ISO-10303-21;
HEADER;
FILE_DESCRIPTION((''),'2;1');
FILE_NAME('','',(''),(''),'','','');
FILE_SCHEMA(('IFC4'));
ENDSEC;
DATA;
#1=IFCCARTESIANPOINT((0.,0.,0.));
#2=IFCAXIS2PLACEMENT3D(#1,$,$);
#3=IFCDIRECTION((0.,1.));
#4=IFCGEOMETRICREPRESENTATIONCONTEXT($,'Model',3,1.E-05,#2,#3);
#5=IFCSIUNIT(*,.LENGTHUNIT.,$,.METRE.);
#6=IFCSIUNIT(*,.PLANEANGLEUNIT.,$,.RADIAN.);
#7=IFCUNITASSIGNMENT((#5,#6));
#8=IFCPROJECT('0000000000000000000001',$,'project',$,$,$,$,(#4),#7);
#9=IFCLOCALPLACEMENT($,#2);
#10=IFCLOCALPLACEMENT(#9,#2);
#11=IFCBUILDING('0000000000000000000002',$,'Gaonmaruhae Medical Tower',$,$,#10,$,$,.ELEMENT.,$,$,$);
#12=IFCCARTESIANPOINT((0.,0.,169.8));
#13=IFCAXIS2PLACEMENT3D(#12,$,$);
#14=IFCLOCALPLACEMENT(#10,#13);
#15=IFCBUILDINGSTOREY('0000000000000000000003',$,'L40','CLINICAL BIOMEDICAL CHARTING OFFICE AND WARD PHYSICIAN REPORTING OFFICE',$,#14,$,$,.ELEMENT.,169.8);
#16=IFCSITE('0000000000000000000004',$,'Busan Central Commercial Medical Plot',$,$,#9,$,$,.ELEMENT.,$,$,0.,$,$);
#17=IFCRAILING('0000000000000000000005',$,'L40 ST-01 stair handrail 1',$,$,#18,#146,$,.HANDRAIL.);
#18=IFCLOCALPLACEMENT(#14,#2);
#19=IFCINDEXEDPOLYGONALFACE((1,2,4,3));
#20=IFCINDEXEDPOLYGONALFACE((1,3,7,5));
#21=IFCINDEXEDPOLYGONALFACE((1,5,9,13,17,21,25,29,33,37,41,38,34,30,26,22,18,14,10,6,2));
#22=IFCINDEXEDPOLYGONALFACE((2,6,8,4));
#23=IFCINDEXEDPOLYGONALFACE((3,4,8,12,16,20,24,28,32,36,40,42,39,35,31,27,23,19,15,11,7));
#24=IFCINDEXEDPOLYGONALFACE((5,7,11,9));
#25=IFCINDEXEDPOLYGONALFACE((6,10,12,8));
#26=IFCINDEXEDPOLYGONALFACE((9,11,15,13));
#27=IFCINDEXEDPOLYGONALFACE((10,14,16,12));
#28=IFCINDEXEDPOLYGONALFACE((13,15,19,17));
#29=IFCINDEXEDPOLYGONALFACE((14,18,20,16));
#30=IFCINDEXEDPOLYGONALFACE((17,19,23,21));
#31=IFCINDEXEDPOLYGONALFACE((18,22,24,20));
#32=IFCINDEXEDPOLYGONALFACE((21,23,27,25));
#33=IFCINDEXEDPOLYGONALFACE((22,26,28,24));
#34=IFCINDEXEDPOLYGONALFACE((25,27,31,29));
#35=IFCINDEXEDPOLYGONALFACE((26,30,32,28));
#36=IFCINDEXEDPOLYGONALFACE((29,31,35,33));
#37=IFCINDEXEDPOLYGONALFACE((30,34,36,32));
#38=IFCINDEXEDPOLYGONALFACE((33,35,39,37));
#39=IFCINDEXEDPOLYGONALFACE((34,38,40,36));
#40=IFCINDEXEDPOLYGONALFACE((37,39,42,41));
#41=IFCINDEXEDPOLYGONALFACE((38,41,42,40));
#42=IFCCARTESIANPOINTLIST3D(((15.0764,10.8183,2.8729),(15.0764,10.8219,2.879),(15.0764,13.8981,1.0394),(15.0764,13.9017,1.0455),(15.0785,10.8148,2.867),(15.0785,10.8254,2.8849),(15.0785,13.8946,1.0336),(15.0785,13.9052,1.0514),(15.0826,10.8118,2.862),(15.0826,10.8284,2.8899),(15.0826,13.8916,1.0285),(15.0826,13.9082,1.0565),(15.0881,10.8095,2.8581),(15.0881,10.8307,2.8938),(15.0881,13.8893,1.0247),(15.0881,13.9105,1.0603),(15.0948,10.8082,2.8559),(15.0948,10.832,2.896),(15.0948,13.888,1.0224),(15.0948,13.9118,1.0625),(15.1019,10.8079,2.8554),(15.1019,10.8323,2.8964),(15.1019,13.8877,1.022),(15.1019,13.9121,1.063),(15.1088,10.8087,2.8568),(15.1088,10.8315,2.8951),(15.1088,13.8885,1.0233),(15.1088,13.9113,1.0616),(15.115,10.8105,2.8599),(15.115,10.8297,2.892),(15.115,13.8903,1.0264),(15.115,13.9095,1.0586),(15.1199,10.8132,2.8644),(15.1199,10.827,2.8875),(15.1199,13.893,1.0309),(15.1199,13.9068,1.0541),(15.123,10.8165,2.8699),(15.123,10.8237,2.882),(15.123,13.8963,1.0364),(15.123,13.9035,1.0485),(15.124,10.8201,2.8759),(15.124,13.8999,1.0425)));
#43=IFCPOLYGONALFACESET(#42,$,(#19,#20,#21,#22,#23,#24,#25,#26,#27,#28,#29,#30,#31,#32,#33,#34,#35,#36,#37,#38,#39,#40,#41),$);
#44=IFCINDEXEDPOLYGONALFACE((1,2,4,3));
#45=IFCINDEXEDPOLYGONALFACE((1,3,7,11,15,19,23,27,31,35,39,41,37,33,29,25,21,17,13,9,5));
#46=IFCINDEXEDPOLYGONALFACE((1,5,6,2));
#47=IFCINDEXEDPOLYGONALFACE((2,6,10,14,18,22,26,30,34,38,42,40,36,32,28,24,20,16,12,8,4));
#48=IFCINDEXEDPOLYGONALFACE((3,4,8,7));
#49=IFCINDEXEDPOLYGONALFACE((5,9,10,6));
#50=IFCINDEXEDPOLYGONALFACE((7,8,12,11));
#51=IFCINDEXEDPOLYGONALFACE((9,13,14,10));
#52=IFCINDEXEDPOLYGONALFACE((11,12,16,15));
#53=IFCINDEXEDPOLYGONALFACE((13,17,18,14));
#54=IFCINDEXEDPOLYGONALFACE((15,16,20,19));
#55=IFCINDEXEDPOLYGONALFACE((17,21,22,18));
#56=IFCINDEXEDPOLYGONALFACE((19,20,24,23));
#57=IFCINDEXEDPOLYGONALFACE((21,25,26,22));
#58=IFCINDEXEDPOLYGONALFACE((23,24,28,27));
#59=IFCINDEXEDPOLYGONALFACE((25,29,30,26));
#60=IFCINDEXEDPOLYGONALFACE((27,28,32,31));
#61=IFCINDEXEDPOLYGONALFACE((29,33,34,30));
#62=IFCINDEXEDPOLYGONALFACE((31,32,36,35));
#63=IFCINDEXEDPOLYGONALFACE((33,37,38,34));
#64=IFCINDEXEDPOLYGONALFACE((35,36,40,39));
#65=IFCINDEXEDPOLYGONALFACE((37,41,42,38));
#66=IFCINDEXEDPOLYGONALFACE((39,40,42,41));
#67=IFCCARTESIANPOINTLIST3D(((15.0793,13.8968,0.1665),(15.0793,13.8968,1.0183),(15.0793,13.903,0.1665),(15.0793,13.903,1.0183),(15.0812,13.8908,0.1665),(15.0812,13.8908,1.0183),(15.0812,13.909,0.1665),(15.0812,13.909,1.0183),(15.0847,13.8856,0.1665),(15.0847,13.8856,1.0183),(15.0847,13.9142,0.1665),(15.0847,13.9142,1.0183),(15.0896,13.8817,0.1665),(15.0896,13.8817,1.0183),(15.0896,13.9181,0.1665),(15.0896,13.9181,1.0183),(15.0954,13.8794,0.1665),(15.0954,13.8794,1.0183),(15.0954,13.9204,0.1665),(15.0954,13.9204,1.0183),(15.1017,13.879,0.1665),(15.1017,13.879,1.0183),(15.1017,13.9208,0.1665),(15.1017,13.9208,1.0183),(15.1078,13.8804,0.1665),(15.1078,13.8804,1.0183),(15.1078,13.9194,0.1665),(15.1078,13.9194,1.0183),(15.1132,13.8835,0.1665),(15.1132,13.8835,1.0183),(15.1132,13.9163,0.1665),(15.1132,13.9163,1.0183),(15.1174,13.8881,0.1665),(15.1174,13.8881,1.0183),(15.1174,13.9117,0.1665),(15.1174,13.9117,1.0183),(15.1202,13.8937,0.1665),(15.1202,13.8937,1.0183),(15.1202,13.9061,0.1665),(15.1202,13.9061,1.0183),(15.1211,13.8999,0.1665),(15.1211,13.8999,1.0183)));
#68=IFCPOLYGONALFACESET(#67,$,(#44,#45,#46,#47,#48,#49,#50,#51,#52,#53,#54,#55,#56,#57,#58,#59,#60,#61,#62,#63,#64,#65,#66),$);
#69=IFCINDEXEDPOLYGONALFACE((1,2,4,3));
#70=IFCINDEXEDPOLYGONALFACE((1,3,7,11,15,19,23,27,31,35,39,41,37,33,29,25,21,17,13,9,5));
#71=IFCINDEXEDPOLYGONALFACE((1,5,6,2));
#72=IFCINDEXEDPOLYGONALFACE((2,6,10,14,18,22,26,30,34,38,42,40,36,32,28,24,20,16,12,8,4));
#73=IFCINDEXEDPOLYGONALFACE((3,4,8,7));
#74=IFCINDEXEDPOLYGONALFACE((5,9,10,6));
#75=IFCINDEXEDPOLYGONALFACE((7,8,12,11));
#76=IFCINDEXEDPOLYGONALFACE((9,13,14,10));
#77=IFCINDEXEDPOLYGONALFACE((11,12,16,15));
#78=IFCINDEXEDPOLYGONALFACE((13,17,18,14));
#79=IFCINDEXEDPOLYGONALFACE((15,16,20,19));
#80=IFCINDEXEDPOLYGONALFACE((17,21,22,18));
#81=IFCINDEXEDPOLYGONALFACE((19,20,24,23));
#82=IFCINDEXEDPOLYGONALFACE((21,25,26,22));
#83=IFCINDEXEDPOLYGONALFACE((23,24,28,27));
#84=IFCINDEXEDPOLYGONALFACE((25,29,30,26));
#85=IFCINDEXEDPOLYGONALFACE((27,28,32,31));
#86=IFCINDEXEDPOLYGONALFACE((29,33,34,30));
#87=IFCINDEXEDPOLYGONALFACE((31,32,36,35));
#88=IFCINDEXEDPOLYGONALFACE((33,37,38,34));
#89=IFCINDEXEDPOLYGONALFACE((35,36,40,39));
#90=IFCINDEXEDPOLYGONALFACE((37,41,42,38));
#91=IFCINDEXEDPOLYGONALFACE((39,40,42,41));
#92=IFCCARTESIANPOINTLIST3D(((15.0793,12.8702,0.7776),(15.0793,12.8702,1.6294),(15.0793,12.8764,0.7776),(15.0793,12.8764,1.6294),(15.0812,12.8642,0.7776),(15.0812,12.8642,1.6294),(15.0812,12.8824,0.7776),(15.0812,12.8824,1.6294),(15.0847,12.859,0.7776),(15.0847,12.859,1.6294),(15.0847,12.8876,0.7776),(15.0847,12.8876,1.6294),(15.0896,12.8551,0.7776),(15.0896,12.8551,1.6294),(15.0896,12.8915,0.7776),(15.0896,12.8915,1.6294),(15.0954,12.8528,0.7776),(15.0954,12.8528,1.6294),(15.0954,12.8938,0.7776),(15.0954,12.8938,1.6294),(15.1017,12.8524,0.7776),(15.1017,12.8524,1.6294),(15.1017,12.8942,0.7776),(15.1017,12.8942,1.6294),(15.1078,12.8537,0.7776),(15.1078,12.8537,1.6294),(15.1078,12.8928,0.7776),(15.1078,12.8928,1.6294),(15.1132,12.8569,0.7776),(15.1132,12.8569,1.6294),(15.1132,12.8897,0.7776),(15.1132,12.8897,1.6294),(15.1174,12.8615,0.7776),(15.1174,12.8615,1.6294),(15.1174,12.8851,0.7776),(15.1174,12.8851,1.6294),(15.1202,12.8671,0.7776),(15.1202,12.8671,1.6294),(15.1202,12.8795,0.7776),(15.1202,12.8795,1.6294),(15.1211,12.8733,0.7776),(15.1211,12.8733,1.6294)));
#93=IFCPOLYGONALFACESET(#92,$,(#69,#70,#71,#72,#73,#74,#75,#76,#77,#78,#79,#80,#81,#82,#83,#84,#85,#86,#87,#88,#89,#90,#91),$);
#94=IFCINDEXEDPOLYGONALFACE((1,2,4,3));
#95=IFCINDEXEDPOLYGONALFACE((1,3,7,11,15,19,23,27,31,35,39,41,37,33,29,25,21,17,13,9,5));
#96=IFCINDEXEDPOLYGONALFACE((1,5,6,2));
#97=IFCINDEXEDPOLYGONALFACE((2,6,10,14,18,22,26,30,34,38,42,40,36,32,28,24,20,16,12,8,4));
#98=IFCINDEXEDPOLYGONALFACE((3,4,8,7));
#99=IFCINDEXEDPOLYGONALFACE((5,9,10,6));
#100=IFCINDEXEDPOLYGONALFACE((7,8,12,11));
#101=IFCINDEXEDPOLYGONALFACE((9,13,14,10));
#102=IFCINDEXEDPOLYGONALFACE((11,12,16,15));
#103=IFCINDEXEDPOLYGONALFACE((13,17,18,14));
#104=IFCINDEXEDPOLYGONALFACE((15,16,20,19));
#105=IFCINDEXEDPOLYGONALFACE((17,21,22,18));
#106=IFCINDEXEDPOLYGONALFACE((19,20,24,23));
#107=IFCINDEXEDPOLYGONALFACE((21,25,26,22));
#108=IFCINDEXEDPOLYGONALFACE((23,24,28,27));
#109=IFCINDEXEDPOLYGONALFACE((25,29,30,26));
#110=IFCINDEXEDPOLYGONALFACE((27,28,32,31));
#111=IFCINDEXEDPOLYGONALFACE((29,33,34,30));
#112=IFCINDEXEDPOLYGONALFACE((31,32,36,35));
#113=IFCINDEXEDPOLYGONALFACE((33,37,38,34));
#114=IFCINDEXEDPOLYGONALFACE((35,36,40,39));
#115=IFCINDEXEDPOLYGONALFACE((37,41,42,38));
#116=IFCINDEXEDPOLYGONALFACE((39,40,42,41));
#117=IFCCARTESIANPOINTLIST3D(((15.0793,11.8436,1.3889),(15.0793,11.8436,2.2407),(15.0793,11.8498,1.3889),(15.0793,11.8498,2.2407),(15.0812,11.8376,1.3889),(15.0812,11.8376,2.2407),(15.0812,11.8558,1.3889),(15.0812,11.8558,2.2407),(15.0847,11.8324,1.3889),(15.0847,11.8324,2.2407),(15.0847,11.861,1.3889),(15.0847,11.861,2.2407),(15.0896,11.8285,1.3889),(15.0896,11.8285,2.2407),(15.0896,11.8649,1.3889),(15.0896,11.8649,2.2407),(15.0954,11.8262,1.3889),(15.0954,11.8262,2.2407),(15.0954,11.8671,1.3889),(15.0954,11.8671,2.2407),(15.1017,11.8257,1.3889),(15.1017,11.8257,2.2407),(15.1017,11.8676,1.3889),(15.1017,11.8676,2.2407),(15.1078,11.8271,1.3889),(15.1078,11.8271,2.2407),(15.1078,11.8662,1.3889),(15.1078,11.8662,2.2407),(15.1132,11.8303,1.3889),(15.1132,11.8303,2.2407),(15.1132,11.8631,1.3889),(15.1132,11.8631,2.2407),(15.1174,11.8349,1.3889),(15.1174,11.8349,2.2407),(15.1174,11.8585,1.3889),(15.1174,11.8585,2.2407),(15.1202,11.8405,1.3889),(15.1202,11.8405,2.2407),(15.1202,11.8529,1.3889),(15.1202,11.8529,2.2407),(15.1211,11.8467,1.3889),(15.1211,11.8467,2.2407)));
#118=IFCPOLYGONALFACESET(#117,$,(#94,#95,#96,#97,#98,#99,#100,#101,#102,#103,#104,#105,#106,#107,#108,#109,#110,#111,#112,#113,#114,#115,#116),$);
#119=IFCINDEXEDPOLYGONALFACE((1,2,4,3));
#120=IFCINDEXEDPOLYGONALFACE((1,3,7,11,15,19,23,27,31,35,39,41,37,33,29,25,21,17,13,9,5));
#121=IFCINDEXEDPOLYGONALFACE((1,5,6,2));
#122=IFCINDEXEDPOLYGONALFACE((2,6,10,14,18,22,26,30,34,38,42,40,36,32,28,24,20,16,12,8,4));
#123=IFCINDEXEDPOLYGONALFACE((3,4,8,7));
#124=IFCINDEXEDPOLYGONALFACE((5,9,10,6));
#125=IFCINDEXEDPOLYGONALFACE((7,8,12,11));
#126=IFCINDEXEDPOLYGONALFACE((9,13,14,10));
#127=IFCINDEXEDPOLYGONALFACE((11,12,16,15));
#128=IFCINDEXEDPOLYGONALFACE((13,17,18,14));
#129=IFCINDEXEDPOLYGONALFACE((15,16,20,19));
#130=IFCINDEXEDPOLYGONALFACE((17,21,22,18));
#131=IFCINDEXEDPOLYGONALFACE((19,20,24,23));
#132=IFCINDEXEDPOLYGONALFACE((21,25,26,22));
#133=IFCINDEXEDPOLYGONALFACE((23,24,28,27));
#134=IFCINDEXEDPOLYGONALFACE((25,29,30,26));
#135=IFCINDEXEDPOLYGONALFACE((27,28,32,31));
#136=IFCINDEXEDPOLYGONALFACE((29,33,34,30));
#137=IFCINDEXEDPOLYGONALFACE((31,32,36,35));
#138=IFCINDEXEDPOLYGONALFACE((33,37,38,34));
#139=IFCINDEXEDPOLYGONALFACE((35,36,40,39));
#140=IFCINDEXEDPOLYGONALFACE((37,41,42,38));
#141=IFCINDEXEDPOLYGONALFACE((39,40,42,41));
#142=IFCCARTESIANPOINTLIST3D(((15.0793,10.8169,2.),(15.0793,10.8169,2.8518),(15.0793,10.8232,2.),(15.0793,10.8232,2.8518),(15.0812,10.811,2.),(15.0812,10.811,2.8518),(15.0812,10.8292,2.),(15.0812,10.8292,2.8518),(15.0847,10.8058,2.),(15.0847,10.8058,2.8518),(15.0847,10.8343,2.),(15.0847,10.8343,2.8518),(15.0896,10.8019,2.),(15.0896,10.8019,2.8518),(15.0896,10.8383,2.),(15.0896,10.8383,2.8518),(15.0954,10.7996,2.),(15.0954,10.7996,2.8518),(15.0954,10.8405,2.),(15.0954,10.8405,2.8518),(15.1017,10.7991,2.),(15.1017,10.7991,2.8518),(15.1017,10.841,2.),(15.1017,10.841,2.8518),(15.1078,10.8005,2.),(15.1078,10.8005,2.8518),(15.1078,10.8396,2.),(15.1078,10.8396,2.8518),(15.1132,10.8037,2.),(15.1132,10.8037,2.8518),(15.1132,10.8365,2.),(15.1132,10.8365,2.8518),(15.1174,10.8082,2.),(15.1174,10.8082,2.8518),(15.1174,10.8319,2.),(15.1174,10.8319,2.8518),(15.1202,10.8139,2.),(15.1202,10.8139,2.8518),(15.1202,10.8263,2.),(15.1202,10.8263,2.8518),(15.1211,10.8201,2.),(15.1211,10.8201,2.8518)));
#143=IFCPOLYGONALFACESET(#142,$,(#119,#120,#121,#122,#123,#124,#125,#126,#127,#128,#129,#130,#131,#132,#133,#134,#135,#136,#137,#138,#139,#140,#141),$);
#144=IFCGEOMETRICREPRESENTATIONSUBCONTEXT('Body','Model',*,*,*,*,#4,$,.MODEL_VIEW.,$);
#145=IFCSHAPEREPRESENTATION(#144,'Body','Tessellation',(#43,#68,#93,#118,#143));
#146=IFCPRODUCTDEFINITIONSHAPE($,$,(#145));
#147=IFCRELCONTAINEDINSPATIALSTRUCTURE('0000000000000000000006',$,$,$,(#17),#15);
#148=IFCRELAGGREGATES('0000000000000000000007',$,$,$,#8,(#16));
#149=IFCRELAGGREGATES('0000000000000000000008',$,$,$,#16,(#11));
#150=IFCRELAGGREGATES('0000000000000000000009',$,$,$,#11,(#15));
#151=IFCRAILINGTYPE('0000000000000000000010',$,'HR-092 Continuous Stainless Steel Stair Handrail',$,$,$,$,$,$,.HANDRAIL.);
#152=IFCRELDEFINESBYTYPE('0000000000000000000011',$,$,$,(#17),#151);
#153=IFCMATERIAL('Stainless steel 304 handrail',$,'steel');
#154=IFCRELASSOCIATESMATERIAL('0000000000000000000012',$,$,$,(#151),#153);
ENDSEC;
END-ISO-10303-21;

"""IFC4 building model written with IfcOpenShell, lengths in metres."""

from ifc_helpers import new_model, si_unit, direction, frame, origin, origin_2d, place, context, subcontext, project, spatial, circle, extrude, material, type_object, element, save


model = new_model("IFC4")

# Units and contexts
model_context = context("Model", 3, precision=1e-05, world=origin(), true_north=direction((0.0, 1.0)))
body_context = subcontext(model_context, "Body", "Model", "MODEL_VIEW")
ifc_project = project(units=[si_unit("LENGTHUNIT", "METRE"), si_unit("PLANEANGLEUNIT", "RADIAN")], contexts=[model_context])

# Site, building, storey
site_placement = place(None, origin())
site = spatial("IfcSite", under=ifc_project, at=site_placement, Name="Busan Central Commercial Medical Plot", CompositionType="ELEMENT", RefElevation=0.0)
building_placement = place(site_placement, origin())
building = spatial("IfcBuilding", under=site, at=building_placement, Name="Gaonmaruhae Medical Tower", CompositionType="ELEMENT")
storey_placement = place(building_placement, frame((0.0, 0.0, 169.8)))
storey = spatial("IfcBuildingStorey", under=building, at=storey_placement, Name="L40", Description="CLINICAL BIOMEDICAL CHARTING OFFICE AND WARD PHYSICIAN REPORTING OFFICE", CompositionType="ELEMENT", Elevation=169.8)

# Railing
ifc_material_1 = material(Name="Stainless steel 304 handrail", Category="steel")
railing_type_1 = type_object("IfcRailingType", Name="HR-092 Continuous Stainless Steel Stair Handrail", PredefinedType="HANDRAIL", material=ifc_material_1)
railing_1_placement = place(storey_placement, frame((15.1001, 13.8999, 0.1665)))
element("IfcRailing", 1, at=railing_1_placement, inside=storey, type_object=railing_type_1, Name="L40 ST-01 stair handrail 1", PredefinedType="HANDRAIL", context=body_context, shape_type="SweptSolid", body=[
    extrude(circle(Radius=0.0239, at=origin_2d()), frame((0.0, 0.0, 0.876), z_axis=(0.0, -0.859261, 0.511538), x_axis=(1.0, 0.0, 0.0)), (0.0, 0.0, 1.0), 3.5842),
    extrude(circle(Radius=0.021, at=origin_2d()), origin(), (0.0, 0.0, 1.0), 0.8518),
    extrude(circle(Radius=0.021, at=origin_2d()), frame((0.0, -1.0266, 0.6111)), (0.0, 0.0, 1.0), 0.8518),
    extrude(circle(Radius=0.021, at=origin_2d()), frame((0.0, -2.0532, 1.2224)), (0.0, 0.0, 1.0), 0.8518),
    extrude(circle(Radius=0.021, at=origin_2d()), frame((0.0, -3.0798, 1.8335)), (0.0, 0.0, 1.0), 0.8518),
])

save(model, "model.ifc")
